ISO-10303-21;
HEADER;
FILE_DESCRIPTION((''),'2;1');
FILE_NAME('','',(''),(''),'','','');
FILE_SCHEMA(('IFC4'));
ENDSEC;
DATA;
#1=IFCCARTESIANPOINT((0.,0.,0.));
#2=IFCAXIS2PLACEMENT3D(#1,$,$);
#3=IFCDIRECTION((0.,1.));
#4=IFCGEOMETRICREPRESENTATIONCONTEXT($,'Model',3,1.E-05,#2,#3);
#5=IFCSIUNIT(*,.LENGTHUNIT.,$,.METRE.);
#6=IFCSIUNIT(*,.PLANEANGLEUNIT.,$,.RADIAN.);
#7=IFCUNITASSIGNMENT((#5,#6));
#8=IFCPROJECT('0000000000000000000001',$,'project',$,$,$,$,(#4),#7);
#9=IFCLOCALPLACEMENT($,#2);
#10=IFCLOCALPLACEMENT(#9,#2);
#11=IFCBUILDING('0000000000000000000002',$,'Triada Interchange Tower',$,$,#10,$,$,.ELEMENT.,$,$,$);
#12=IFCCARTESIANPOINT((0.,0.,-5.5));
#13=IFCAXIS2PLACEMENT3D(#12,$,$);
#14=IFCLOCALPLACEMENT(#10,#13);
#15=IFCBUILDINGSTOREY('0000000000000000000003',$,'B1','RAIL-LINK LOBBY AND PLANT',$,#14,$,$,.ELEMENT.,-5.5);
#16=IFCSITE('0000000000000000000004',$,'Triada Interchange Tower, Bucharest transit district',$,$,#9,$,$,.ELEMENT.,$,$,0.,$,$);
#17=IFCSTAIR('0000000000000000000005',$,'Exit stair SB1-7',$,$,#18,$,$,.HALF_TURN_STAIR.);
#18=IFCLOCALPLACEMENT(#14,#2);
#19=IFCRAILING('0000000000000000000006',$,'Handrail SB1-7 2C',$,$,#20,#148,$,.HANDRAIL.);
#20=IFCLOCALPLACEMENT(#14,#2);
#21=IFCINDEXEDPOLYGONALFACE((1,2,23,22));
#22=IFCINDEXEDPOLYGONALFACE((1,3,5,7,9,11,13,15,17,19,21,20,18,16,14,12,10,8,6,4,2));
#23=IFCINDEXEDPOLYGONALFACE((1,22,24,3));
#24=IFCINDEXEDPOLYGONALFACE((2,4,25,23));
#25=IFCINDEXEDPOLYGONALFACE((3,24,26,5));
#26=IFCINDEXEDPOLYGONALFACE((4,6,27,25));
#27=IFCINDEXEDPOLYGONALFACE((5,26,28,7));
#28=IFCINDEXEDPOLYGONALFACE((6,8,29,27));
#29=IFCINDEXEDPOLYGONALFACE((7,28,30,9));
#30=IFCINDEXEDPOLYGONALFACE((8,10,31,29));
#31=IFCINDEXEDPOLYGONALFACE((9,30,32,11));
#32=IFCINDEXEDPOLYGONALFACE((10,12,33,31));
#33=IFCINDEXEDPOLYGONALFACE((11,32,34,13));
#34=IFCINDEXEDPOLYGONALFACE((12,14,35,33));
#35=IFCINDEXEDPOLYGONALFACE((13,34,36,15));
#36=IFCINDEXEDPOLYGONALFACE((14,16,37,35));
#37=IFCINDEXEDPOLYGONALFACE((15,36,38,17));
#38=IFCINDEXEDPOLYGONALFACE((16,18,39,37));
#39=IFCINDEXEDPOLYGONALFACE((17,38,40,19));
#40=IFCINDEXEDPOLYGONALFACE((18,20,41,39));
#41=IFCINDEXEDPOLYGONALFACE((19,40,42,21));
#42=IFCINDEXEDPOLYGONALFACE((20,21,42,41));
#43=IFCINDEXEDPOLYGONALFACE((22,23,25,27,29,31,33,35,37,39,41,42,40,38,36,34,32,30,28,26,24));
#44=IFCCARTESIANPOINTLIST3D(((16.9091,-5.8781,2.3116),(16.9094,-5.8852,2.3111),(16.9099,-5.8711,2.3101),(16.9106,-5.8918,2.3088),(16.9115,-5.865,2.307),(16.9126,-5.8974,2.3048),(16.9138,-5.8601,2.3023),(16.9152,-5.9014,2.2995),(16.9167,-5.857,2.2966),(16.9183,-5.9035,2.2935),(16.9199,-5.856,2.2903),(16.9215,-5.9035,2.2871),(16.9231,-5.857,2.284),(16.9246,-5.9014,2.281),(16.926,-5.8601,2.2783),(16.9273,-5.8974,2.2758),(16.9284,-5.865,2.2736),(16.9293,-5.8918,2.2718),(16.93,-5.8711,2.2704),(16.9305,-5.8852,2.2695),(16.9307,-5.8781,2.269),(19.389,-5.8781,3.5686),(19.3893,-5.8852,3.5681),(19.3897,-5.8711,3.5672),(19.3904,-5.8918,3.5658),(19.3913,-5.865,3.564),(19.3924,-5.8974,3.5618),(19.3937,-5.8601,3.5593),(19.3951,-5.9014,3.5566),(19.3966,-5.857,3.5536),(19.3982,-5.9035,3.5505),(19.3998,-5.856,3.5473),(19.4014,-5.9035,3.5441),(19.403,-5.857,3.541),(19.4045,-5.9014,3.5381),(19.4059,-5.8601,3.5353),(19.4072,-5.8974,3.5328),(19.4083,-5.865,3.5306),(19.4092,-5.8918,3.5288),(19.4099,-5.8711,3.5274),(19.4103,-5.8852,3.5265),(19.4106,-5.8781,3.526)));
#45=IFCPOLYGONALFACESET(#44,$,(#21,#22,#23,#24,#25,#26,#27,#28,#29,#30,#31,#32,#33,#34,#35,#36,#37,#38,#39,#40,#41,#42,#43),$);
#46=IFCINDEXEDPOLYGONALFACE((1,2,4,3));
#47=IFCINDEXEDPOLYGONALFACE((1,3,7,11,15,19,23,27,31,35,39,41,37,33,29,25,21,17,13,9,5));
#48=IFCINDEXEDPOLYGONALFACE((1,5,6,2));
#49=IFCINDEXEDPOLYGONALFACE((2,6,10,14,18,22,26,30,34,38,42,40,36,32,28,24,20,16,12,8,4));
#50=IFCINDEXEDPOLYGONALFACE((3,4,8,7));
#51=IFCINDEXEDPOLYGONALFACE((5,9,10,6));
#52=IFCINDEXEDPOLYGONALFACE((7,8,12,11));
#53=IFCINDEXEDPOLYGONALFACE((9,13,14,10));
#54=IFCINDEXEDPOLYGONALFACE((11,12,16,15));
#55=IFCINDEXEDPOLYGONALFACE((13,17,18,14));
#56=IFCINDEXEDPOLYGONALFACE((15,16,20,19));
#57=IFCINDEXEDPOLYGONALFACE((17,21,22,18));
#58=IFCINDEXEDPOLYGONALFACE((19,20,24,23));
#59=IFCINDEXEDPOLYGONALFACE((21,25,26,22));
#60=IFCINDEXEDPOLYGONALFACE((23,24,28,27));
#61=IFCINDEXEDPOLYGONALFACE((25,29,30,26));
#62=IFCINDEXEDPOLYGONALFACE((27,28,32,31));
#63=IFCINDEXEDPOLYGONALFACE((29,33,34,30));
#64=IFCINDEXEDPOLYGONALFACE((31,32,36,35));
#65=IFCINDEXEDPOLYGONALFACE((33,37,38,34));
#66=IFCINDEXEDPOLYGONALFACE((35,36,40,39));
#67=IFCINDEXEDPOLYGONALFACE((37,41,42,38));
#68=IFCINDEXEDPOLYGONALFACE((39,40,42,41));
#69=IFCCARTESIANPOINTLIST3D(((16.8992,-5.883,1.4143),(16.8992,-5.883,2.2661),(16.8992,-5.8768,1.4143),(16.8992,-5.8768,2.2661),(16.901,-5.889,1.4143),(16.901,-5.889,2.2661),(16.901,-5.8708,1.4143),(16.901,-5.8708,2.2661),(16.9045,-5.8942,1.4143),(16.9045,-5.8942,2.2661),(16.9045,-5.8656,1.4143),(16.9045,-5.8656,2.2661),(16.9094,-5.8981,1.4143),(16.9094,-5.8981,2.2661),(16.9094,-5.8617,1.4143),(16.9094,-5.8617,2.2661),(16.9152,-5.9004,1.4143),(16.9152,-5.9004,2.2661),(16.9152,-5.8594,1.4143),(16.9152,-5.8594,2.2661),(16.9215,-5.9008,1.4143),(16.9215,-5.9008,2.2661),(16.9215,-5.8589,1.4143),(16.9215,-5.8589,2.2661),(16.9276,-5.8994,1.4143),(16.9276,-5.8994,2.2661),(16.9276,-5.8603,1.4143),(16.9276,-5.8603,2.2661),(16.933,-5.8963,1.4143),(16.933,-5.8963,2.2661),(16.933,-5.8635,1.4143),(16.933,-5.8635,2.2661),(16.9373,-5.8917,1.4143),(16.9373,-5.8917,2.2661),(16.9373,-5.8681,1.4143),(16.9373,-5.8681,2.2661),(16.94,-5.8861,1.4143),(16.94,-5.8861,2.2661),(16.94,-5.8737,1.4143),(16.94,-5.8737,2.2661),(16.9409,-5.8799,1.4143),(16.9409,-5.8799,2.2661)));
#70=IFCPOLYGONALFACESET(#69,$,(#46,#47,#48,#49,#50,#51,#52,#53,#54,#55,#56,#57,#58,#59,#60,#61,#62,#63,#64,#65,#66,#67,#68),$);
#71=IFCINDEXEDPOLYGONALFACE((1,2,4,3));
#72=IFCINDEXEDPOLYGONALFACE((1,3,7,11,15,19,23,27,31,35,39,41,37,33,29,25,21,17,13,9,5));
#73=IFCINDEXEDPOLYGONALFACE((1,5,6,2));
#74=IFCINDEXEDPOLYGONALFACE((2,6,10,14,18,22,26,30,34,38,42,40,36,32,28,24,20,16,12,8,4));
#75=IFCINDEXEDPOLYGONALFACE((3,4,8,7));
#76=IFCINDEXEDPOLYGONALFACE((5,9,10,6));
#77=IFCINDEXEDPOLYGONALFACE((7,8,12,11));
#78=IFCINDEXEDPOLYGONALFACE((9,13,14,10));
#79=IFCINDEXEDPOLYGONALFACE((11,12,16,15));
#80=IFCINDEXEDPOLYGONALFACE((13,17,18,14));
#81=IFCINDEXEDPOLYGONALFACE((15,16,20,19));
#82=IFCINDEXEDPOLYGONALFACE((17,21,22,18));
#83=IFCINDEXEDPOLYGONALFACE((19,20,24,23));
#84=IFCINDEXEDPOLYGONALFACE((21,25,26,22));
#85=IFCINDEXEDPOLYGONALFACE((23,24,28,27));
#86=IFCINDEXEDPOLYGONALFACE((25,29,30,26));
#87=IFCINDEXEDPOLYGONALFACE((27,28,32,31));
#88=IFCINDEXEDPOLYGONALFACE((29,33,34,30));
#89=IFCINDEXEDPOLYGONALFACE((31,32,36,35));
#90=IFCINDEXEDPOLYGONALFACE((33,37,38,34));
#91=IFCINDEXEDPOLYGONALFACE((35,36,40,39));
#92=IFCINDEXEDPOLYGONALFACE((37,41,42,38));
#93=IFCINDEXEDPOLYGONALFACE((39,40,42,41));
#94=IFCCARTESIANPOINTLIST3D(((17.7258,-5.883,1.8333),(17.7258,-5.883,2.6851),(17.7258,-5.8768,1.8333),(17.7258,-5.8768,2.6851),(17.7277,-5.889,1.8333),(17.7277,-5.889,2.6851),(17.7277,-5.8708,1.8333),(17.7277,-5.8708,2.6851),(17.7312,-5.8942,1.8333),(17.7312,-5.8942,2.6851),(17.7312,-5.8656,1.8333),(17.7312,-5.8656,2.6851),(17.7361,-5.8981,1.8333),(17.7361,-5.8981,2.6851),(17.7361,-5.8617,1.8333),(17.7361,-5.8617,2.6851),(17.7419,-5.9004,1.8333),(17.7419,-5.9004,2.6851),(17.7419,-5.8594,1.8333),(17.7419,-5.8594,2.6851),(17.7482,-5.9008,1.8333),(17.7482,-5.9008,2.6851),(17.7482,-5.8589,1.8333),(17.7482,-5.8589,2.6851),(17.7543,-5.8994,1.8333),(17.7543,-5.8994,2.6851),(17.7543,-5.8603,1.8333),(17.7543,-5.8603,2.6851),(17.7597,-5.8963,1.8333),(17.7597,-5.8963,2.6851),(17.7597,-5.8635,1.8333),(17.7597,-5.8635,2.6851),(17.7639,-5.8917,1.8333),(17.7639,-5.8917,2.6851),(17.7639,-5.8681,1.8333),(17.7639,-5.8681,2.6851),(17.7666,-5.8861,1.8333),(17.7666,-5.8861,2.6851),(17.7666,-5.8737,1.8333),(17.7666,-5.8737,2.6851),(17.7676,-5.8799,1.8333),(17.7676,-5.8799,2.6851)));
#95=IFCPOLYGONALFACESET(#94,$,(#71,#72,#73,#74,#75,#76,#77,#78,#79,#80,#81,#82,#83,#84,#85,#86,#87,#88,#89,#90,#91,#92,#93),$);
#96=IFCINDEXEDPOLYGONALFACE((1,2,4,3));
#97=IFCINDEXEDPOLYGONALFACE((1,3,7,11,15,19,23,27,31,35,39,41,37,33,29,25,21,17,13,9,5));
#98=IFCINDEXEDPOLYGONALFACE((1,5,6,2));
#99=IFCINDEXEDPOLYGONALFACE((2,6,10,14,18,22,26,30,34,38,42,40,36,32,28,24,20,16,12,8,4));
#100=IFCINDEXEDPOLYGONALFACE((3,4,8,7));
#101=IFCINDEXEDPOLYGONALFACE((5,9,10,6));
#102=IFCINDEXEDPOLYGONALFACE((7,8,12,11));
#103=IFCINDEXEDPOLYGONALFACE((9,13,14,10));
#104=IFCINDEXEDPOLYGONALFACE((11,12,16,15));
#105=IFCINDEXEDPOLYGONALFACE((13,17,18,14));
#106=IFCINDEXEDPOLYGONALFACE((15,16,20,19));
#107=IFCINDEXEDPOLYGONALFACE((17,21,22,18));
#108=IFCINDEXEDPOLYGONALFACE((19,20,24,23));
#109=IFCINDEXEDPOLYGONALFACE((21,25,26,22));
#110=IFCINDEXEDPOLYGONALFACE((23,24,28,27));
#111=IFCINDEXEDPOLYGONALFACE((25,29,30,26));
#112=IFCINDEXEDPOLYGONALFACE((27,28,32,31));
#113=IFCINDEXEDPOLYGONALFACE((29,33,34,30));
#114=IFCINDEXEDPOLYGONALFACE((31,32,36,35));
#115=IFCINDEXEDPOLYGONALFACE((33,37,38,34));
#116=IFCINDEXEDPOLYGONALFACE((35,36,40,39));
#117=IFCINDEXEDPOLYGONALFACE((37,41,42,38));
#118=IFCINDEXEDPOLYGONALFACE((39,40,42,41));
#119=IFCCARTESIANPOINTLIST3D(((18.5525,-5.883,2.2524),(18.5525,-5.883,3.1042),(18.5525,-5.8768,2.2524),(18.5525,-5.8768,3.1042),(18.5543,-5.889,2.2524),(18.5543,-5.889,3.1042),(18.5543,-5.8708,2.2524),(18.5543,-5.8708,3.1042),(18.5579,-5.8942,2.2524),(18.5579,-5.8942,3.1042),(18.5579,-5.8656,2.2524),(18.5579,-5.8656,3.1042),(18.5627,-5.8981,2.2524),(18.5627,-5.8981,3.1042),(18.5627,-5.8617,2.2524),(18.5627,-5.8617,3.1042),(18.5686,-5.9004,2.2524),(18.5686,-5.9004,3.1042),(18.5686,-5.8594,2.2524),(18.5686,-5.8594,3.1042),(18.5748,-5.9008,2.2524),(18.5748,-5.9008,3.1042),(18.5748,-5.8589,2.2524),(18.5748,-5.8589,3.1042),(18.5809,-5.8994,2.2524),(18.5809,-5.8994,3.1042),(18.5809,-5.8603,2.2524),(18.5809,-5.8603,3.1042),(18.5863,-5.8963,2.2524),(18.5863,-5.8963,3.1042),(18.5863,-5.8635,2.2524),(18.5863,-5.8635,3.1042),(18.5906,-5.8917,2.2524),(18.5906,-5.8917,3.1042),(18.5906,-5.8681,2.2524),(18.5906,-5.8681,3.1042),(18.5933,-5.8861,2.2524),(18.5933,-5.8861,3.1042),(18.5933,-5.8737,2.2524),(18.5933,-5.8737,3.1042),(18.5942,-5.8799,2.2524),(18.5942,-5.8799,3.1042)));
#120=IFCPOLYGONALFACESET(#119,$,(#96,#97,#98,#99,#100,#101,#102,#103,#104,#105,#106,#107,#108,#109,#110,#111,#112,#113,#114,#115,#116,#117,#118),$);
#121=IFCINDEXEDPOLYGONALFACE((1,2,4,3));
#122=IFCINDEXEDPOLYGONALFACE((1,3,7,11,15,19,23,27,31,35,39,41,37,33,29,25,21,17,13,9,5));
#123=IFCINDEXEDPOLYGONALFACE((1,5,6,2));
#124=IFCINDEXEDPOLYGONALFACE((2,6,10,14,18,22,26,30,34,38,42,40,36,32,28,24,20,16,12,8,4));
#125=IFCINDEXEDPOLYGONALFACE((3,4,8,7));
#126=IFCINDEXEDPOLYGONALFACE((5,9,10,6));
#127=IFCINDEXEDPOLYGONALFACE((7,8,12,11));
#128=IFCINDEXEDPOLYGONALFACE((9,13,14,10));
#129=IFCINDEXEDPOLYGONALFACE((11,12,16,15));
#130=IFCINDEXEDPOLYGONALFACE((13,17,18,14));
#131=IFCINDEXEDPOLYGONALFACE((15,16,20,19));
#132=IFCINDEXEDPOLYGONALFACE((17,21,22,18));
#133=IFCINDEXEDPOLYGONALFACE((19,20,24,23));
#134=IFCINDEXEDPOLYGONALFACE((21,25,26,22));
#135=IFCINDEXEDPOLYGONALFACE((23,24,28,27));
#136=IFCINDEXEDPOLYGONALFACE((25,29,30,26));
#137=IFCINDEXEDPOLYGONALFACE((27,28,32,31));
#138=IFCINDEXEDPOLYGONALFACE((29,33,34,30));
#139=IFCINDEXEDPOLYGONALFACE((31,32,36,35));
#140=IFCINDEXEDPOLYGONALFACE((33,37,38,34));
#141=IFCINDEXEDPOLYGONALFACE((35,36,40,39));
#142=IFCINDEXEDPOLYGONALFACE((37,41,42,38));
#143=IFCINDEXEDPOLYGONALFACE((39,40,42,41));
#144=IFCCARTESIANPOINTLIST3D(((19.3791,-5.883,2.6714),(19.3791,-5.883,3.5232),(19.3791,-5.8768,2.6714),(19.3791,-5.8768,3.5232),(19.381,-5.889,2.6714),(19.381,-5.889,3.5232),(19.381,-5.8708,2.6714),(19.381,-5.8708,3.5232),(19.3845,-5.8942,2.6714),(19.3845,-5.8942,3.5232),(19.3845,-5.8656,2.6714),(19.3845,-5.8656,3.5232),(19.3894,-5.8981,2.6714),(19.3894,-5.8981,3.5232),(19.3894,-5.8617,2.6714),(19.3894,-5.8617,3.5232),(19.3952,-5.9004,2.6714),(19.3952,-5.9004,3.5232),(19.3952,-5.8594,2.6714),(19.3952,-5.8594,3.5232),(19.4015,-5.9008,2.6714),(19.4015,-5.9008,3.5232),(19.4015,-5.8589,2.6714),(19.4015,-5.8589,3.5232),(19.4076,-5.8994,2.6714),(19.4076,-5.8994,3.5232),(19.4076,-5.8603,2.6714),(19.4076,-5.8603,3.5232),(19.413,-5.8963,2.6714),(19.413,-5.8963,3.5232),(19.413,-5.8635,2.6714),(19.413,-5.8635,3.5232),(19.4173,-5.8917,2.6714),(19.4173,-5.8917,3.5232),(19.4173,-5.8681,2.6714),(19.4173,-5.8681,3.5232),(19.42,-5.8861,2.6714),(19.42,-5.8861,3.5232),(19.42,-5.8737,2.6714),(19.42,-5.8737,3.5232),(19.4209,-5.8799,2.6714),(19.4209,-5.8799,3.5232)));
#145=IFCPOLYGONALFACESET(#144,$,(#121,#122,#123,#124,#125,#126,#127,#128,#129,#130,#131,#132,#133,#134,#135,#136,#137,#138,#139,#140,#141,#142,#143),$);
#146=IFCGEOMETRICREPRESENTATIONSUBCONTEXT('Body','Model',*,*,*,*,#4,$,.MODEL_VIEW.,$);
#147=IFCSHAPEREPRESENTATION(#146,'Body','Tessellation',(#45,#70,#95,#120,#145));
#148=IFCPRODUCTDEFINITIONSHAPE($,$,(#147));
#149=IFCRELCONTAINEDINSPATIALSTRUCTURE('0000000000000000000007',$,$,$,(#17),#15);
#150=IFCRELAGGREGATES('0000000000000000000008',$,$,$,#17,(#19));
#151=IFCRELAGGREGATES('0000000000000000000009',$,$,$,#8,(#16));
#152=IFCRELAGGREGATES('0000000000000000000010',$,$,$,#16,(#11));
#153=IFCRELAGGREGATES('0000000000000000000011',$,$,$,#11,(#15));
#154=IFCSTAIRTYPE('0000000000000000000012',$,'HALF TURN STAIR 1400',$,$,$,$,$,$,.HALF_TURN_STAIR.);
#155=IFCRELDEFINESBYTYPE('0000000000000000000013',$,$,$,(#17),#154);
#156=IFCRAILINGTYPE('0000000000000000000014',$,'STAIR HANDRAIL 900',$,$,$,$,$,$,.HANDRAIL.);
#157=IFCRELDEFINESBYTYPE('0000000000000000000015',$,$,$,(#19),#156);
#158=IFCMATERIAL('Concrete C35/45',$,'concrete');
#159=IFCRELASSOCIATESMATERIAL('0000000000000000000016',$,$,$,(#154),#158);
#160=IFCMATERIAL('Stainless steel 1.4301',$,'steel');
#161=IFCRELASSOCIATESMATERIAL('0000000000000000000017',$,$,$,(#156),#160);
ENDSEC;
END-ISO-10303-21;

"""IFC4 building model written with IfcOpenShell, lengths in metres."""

from ifc_helpers import new_model, si_unit, direction, frame, origin, origin_2d, place, context, subcontext, project, spatial, circle, extrude, material, type_object, element, aggregate, save


model = new_model("IFC4")

# Units and contexts
model_context = context("Model", 3, precision=1e-05, world=origin(), true_north=direction((0.0, 1.0)))
body_context = subcontext(model_context, "Body", "Model", "MODEL_VIEW")
ifc_project = project(units=[si_unit("LENGTHUNIT", "METRE"), si_unit("PLANEANGLEUNIT", "RADIAN")], contexts=[model_context])

# Site, building, storey
site_placement = place(None, origin())
site = spatial("IfcSite", under=ifc_project, at=site_placement, Name="Triada Interchange Tower, Bucharest transit district", CompositionType="ELEMENT", RefElevation=0.0)
building_placement = place(site_placement, origin())
building = spatial("IfcBuilding", under=site, at=building_placement, Name="Triada Interchange Tower", CompositionType="ELEMENT")
storey_placement = place(building_placement, frame((0.0, 0.0, -5.5)))
storey = spatial("IfcBuildingStorey", under=building, at=storey_placement, Name="B1", Description="RAIL-LINK LOBBY AND PLANT", CompositionType="ELEMENT", Elevation=-5.5)

# Shared definitions
ifc_material_1 = material(Name="Concrete C35/45", Category="concrete")

# Stair
stair_type = type_object("IfcStairType", Name="HALF TURN STAIR 1400", PredefinedType="HALF_TURN_STAIR", material=ifc_material_1)
stair_1_placement = place(storey_placement, origin())
stair_1 = element("IfcStair", 1, at=stair_1_placement, inside=storey, type_object=stair_type, Name="Exit stair SB1-7", PredefinedType="HALF_TURN_STAIR")

# Shared definitions
ifc_material_2 = material(Name="Stainless steel 1.4301", Category="steel")
railing_type_1 = type_object("IfcRailingType", Name="STAIR HANDRAIL 900", PredefinedType="HANDRAIL", material=ifc_material_2)

# Railing
railing_1_placement = place(storey_placement, frame((16.9199, -5.8799, 1.4143)))
railing_1 = element("IfcRailing", 2, at=railing_1_placement, type_object=railing_type_1, Name="Handrail SB1-7 2C", PredefinedType="HANDRAIL", context=body_context, shape_type="SweptSolid", body=[
    extrude(circle(Radius=0.0239, at=origin_2d()), frame((0.0, 0.0, 0.876), z_axis=(0.891955, 0.0, 0.452124), x_axis=(0.0, 1.0, 0.0)), (0.0, 0.0, 1.0), 2.7803),
    extrude(circle(Radius=0.021, at=origin_2d()), origin(), (0.0, 0.0, 1.0), 0.8518),
    extrude(circle(Radius=0.021, at=origin_2d()), frame((0.8267, 0.0, 0.4189)), (0.0, 0.0, 1.0), 0.8518),
    extrude(circle(Radius=0.021, at=origin_2d()), frame((1.6533, 0.0, 0.8381)), (0.0, 0.0, 1.0), 0.8518),
    extrude(circle(Radius=0.021, at=origin_2d()), frame((2.48, 0.0, 1.2571)), (0.0, 0.0, 1.0), 0.8518),
])
aggregate(stair_1, [railing_1])

save(model, "model.ifc")
